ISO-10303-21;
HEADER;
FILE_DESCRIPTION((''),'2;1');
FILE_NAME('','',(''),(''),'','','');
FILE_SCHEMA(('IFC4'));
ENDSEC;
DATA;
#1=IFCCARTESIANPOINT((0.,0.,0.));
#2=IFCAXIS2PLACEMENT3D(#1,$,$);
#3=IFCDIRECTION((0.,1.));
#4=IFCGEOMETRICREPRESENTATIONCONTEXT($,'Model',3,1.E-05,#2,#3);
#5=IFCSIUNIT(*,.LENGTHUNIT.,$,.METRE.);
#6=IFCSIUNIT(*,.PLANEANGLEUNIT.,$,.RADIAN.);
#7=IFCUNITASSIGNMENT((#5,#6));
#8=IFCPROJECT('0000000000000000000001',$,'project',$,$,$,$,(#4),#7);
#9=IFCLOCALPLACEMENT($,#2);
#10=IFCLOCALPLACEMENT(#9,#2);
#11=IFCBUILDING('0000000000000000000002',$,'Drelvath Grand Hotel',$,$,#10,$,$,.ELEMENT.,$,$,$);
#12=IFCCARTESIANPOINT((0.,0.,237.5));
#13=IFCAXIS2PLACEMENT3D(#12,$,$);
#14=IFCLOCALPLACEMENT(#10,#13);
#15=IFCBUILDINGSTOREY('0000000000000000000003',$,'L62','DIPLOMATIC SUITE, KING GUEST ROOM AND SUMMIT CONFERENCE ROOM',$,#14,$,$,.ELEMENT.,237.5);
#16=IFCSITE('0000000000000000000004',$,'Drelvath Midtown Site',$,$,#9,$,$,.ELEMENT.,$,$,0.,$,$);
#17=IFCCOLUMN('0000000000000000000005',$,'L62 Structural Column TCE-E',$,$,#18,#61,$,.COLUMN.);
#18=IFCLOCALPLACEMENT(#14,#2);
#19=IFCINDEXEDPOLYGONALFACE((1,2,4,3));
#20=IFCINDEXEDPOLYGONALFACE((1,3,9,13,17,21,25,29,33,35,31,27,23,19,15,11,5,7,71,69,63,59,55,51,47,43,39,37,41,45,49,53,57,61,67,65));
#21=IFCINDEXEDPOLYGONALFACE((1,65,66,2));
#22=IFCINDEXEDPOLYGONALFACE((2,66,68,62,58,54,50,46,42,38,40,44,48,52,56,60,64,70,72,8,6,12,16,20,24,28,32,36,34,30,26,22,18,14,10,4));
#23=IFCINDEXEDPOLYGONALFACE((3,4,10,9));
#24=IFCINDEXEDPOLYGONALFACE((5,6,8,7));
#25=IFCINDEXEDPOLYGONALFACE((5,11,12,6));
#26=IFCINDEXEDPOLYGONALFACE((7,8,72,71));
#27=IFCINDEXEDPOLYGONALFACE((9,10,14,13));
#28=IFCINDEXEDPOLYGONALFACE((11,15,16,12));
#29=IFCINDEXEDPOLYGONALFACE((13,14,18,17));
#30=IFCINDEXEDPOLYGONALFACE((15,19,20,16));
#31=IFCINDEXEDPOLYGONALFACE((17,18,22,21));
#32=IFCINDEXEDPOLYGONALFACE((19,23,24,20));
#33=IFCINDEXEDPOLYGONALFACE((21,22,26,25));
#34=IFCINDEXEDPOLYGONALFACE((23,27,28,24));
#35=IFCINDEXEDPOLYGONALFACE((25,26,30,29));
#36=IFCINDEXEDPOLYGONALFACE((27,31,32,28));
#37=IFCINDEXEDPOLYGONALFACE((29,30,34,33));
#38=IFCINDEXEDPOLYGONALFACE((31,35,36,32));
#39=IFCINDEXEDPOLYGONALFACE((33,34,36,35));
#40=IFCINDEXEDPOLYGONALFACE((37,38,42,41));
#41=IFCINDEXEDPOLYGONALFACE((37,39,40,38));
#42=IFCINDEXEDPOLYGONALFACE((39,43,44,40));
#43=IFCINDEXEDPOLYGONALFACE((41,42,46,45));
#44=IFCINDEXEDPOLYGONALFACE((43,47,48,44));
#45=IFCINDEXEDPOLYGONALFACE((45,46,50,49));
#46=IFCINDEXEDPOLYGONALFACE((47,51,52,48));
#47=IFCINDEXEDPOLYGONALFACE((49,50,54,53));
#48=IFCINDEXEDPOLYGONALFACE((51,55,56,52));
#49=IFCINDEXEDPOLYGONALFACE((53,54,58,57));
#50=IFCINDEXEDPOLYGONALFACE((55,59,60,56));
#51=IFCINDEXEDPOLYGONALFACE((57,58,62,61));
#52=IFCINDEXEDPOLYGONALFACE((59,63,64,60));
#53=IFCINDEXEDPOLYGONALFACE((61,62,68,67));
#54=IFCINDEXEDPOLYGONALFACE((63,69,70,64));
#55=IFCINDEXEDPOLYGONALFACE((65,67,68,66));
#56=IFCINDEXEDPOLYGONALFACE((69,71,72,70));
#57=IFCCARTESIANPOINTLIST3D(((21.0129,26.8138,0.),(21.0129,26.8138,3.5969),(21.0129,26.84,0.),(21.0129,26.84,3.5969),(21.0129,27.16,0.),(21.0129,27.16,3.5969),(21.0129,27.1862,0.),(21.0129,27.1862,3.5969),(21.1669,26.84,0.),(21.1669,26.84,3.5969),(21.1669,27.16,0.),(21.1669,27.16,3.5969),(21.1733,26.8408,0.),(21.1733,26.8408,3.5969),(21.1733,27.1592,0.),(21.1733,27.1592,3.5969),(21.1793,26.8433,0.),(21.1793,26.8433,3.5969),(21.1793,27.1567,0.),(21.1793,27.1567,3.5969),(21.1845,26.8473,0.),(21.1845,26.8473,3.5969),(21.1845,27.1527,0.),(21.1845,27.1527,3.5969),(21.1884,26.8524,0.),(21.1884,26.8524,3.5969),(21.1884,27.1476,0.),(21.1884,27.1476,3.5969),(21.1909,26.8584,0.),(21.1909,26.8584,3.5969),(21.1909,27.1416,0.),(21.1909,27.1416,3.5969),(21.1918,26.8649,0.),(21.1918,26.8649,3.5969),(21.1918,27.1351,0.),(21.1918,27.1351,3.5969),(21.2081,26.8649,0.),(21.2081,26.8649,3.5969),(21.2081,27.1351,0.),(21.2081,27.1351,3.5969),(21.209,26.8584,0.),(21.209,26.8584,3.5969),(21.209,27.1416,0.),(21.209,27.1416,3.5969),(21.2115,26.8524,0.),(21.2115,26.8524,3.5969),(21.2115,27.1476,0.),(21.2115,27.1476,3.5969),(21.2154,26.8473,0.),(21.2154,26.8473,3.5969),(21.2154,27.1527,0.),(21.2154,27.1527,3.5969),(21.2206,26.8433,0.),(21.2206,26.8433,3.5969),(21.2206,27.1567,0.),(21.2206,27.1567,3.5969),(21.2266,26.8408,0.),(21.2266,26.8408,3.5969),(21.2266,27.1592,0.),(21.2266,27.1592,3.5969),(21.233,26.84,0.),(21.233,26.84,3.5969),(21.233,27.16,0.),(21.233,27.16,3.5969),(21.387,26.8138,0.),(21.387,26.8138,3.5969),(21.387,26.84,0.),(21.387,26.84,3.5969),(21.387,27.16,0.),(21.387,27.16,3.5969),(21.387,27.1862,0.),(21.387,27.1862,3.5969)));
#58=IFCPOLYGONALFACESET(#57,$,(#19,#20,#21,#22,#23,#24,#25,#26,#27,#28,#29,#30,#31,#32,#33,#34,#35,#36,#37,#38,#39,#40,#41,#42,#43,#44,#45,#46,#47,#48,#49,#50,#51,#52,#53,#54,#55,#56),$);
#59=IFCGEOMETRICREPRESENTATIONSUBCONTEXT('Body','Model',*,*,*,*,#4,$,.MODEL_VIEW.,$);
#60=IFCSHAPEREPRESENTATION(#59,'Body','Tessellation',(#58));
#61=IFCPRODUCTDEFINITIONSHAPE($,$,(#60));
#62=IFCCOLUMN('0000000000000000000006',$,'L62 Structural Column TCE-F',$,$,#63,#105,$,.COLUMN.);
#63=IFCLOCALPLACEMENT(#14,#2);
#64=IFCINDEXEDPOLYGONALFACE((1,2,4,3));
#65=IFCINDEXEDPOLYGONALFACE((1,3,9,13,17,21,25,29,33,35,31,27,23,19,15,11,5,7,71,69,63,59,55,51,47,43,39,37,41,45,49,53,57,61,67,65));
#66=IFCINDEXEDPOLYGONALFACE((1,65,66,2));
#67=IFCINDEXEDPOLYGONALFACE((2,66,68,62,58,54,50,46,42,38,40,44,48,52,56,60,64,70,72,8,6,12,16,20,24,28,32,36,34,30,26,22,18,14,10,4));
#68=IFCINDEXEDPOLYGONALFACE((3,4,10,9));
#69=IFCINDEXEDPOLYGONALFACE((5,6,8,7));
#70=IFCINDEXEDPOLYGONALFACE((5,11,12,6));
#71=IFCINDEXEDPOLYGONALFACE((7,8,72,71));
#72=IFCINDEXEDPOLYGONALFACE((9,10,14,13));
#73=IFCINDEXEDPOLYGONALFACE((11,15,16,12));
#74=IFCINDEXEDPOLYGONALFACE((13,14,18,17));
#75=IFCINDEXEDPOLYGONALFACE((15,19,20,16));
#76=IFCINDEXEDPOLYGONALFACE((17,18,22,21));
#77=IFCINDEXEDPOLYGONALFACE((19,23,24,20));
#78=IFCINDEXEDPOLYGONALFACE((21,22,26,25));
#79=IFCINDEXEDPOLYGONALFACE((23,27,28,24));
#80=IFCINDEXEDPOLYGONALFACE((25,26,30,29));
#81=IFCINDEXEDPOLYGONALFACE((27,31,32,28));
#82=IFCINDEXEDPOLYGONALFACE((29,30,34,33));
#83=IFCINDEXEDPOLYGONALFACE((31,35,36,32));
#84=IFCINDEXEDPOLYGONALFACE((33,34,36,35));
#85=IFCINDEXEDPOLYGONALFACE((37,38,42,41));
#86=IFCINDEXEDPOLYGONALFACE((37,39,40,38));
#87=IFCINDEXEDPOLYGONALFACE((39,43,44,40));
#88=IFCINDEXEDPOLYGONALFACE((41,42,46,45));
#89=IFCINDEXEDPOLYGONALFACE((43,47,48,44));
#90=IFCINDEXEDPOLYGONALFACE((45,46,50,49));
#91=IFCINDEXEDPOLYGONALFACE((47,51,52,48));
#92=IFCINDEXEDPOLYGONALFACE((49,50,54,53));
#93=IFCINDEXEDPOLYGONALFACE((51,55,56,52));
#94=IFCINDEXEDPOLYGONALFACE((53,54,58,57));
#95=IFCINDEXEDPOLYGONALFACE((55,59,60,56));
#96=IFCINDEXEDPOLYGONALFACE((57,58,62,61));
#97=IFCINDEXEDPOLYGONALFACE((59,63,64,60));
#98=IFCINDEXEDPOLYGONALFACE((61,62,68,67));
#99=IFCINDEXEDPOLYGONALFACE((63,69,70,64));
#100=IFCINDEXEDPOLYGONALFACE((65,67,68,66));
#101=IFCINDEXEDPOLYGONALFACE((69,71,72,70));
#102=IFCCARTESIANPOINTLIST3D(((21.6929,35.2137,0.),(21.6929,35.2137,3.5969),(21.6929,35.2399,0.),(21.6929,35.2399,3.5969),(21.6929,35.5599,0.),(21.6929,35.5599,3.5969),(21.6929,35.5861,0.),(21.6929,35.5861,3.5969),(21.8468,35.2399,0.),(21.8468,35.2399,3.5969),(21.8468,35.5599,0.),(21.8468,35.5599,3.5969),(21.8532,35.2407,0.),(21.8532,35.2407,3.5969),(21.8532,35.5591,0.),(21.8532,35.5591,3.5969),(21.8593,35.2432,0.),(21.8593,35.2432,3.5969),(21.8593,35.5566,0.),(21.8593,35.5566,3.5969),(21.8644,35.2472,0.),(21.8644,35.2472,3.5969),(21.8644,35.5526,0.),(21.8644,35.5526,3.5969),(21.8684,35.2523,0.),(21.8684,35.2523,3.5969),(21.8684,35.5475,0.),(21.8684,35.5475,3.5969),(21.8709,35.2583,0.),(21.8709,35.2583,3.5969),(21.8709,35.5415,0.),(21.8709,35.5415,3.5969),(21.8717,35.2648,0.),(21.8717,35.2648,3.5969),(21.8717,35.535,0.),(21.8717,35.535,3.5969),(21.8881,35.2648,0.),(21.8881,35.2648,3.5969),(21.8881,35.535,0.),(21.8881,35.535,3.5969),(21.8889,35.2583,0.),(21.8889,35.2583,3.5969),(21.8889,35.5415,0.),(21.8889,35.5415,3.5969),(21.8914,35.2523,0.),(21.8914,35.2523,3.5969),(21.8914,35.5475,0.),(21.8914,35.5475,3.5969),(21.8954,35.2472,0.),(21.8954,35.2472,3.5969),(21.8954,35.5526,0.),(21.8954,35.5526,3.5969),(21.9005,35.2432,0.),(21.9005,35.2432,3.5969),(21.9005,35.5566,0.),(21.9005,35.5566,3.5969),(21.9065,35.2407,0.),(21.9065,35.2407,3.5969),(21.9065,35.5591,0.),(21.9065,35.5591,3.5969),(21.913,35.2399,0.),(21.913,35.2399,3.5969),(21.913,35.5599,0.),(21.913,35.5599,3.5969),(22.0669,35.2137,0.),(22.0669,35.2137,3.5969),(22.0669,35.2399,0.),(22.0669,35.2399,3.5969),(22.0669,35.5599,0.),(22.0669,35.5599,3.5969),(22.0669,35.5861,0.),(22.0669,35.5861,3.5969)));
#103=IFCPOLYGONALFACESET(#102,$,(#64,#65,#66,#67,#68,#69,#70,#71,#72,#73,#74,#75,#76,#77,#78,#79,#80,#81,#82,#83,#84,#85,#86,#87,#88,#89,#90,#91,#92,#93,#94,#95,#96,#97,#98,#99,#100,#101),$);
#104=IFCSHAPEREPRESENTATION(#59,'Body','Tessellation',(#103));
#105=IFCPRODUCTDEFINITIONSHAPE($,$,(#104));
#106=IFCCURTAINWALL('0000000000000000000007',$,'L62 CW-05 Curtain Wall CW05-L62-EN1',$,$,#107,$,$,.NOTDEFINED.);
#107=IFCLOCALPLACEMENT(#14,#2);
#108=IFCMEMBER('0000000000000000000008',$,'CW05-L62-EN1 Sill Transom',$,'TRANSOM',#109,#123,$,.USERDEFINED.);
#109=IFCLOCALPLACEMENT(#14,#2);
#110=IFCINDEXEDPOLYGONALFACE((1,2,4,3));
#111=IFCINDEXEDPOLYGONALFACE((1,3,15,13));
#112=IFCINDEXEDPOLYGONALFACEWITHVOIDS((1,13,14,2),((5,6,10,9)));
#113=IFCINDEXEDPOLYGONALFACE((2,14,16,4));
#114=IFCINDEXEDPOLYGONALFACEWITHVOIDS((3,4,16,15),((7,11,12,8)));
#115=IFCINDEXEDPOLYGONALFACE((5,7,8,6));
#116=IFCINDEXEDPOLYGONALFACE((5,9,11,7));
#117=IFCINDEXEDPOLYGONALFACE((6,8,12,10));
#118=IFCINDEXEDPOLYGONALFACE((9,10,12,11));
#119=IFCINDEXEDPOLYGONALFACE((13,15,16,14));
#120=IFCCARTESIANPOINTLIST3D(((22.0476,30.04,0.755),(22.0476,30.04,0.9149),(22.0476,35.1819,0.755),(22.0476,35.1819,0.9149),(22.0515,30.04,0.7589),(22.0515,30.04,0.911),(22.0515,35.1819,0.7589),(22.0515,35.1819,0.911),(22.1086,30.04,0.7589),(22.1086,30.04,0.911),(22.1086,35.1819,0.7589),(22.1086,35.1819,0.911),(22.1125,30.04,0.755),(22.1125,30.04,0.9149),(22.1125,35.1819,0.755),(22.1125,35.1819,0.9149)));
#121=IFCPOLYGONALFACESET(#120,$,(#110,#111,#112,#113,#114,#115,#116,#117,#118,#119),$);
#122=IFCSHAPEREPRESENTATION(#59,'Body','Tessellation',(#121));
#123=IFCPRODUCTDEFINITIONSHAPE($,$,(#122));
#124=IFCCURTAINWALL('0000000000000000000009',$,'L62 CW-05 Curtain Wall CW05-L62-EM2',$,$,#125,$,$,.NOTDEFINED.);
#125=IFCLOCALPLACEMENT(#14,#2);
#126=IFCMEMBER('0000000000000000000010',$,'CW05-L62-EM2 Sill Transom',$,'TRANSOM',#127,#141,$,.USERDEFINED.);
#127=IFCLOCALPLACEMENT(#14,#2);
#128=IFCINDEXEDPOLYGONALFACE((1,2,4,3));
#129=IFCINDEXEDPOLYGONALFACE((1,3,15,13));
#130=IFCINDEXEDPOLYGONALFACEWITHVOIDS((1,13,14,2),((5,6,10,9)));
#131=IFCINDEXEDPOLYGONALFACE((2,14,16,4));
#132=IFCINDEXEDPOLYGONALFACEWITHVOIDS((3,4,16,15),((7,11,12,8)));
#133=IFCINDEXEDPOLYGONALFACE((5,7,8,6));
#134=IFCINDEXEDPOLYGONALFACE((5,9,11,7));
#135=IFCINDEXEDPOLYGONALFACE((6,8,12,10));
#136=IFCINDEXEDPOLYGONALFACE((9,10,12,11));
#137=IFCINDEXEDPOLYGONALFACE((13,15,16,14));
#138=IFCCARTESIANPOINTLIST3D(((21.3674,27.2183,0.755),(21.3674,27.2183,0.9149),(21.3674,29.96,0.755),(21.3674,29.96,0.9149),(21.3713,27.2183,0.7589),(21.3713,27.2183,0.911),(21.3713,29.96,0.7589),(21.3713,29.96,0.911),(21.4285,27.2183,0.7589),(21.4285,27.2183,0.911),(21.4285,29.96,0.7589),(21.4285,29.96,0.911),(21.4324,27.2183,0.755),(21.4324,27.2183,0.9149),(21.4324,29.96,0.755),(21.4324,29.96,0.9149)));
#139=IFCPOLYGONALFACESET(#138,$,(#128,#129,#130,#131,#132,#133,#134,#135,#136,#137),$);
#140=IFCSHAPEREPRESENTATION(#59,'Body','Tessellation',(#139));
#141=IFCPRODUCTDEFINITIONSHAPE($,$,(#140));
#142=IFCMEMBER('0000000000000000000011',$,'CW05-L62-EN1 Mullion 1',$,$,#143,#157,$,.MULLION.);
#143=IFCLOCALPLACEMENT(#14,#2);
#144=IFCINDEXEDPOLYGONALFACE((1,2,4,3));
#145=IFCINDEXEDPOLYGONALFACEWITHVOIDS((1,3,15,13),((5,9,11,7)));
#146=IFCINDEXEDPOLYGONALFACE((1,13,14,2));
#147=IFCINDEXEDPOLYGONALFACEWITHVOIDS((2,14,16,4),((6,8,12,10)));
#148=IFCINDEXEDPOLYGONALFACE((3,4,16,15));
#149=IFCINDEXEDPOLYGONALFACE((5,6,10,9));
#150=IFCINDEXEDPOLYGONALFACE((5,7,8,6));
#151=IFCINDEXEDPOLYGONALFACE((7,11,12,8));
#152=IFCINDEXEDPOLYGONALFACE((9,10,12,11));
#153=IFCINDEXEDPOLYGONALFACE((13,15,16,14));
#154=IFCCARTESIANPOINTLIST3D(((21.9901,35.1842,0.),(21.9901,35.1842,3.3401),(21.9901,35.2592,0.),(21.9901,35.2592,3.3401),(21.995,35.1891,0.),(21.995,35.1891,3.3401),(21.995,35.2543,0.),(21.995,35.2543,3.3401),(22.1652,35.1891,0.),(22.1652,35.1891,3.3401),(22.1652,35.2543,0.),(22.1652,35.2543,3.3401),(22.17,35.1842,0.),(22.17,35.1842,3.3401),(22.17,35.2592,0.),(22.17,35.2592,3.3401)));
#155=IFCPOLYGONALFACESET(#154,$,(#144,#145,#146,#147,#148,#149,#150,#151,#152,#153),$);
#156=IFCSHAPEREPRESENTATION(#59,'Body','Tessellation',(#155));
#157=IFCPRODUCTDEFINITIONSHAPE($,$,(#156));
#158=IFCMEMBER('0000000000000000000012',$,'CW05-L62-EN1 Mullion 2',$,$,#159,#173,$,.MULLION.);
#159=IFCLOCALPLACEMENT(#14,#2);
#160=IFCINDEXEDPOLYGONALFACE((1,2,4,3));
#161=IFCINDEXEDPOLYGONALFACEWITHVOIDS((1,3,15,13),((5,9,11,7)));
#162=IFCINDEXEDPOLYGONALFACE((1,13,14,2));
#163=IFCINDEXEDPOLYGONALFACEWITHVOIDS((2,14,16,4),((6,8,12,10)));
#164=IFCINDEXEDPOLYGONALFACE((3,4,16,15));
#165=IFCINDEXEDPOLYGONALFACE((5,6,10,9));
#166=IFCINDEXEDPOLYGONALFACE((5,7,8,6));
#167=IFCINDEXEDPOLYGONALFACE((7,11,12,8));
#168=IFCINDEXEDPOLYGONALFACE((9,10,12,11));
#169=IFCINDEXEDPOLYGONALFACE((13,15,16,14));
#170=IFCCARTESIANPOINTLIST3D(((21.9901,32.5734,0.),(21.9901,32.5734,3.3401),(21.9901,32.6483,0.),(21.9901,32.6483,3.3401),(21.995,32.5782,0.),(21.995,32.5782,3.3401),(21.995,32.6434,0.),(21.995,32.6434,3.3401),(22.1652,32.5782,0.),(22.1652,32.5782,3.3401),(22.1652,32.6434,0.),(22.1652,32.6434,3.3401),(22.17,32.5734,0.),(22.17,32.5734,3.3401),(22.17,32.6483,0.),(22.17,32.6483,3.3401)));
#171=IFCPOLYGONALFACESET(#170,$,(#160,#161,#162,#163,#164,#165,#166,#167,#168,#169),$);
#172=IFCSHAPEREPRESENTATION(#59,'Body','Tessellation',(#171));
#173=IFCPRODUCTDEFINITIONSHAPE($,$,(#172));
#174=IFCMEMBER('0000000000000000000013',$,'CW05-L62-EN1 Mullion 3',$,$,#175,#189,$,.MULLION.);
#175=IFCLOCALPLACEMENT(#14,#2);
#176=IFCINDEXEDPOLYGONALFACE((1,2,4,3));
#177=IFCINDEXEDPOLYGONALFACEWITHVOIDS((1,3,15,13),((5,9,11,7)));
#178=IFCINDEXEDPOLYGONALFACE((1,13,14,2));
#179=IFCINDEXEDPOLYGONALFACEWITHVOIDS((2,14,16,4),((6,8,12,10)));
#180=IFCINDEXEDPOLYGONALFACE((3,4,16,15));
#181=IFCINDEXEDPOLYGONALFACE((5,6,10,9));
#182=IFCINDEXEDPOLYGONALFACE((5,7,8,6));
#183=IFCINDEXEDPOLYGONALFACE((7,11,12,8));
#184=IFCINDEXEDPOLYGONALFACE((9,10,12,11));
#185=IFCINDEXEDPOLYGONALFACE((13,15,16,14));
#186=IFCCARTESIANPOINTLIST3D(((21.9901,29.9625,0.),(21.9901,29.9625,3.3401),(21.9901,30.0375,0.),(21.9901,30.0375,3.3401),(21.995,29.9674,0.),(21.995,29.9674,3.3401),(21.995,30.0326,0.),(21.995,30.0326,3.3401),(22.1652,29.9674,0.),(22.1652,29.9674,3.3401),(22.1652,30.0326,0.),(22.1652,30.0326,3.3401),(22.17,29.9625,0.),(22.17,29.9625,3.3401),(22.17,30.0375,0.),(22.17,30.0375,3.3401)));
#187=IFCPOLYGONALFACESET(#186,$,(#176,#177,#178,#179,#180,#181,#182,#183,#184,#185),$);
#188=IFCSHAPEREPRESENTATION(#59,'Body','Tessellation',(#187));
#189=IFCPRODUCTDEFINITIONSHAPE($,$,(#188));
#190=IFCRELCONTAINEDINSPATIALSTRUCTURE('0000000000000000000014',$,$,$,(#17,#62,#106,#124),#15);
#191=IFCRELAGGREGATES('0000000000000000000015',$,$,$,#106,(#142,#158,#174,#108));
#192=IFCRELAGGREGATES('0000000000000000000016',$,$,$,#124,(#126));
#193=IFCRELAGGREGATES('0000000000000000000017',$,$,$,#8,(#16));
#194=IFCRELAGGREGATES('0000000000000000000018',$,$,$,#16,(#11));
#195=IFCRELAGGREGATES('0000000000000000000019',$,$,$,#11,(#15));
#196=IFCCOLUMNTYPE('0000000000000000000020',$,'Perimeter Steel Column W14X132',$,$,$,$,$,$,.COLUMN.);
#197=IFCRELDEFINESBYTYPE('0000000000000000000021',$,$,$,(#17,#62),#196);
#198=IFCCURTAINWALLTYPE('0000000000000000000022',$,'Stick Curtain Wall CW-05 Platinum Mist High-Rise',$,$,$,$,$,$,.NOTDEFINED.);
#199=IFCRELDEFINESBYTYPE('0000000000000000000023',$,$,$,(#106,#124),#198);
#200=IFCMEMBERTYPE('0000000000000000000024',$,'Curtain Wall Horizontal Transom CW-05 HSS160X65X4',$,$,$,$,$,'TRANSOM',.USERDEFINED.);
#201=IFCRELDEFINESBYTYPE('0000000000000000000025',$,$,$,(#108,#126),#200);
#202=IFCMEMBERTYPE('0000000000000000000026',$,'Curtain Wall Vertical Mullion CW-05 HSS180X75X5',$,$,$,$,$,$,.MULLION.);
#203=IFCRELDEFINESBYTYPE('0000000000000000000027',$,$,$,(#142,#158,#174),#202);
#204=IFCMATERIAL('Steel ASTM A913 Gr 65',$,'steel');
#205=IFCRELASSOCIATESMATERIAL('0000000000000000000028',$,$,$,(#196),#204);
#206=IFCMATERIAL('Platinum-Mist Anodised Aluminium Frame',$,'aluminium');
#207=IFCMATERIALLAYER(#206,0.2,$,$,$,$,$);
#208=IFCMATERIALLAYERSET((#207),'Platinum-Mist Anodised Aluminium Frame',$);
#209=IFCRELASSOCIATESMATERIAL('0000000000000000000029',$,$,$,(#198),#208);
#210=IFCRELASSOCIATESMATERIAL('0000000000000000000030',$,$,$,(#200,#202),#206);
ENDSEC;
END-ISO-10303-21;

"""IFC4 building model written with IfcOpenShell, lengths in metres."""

from ifc_helpers import new_model, si_unit, direction, frame, origin, origin_2d, place, context, subcontext, project, spatial, hollow_rectangle, i_section, extrude, material, layer, layer_set, material_profile, profile_set, type_object, element, aggregate, save


model = new_model("IFC4")

# Units and contexts
model_context = context("Model", 3, precision=1e-05, world=origin(), true_north=direction((0.0, 1.0)))
body_context = subcontext(model_context, "Body", "Model", "MODEL_VIEW")
ifc_project = project(units=[si_unit("LENGTHUNIT", "METRE"), si_unit("PLANEANGLEUNIT", "RADIAN")], contexts=[model_context])

# Site, building, storey
site_placement = place(None, origin())
site = spatial("IfcSite", under=ifc_project, at=site_placement, Name="Drelvath Midtown Site", CompositionType="ELEMENT", RefElevation=0.0)
building_placement = place(site_placement, origin())
building = spatial("IfcBuilding", under=site, at=building_placement, Name="Drelvath Grand Hotel", CompositionType="ELEMENT")
storey_placement = place(building_placement, frame((0.0, 0.0, 237.5)))
storey = spatial("IfcBuildingStorey", under=building, at=storey_placement, Name="L62", Description="DIPLOMATIC SUITE, KING GUEST ROOM AND SUMMIT CONFERENCE ROOM", CompositionType="ELEMENT", Elevation=237.5)

# Columns
ifc_material_1 = material(Name="Steel ASTM A913 Gr 65", Category="steel")
ifc_material_profile_1 = material_profile(ifc_material_1, i_section(OverallWidth=0.374, OverallDepth=0.3723, WebThickness=0.0164, FlangeThickness=0.0261, FilletRadius=0.0249, at=origin_2d()), Name="W14X132")
ifc_profile_set_1 = profile_set([ifc_material_profile_1], Name="Steel ASTM A913 Gr 65")
column_type = type_object("IfcColumnType", Name="Perimeter Steel Column W14X132", PredefinedType="COLUMN", material=ifc_profile_set_1)
for number, where, z_axis, x_axis, name in (
    (1, (21.2, 27.0, 0.0), (0.0, 0.0, 1.0), (1.0, 0.0, 0.0), "L62 Structural Column TCE-E"),
    (2, (21.8799, 35.3999, 0.0), (0.0, 0.0, 1.0), (1.0, 0.0, 0.0), "L62 Structural Column TCE-F"),
):
    element("IfcColumn", number, at=place(storey_placement, frame(where, z_axis=z_axis, x_axis=x_axis)), inside=storey, type_object=column_type, Name=name, PredefinedType="COLUMN", context=body_context, shape_type="SweptSolid", body=[
        extrude(i_section(OverallWidth=0.374, OverallDepth=0.3723, WebThickness=0.0164, FlangeThickness=0.0261, FilletRadius=0.0249, at=origin_2d()), origin(), (0.0, 0.0, 1.0), 3.5969),
    ])

# Curtain walls, members
ifc_material_2 = material(Name="Platinum-Mist Anodised Aluminium Frame", Category="aluminium")
ifc_layer_1 = layer(ifc_material_2, 0.2)
ifc_layer_set_1 = layer_set([ifc_layer_1], Name="Platinum-Mist Anodised Aluminium Frame")
curtain_wall_type = type_object("IfcCurtainWallType", Name="Stick Curtain Wall CW-05 Platinum Mist High-Rise", PredefinedType="NOTDEFINED", material=ifc_layer_set_1)
curtain_wall_1_placement = place(storey_placement, origin())
curtain_wall_1 = element("IfcCurtainWall", 3, at=curtain_wall_1_placement, inside=storey, type_object=curtain_wall_type, Name="L62 CW-05 Curtain Wall CW05-L62-EN1", PredefinedType="NOTDEFINED")
ifc_material_profile_2 = material_profile(ifc_material_2, hollow_rectangle(XDim=0.0649, YDim=0.1599, WallThickness=0.0039, at=origin_2d()), Name="HSS160X65X4")
ifc_profile_set_2 = profile_set([ifc_material_profile_2], Name="Platinum-Mist Anodised Aluminium Frame")
member_type_1 = type_object("IfcMemberType", Name="Curtain Wall Horizontal Transom CW-05 HSS160X65X4", ElementType="TRANSOM", PredefinedType="USERDEFINED", material=ifc_profile_set_2)
member_1_placement = place(storey_placement, frame((22.0801, 35.1819, 0.835), z_axis=(0.0, -1.0, 0.0), x_axis=(1.0, 0.0, 0.0)))
member_1 = element("IfcMember", 4, at=member_1_placement, type_object=member_type_1, Name="CW05-L62-EN1 Sill Transom", ObjectType="TRANSOM", PredefinedType="USERDEFINED", context=body_context, shape_type="SweptSolid", body=[
    extrude(hollow_rectangle(XDim=0.0649, YDim=0.1599, WallThickness=0.0039, at=origin_2d()), origin(), (0.0, 0.0, 1.0), 5.1418),
])
curtain_wall_2_placement = place(storey_placement, origin())
curtain_wall_2 = element("IfcCurtainWall", 5, at=curtain_wall_2_placement, inside=storey, type_object=curtain_wall_type, Name="L62 CW-05 Curtain Wall CW05-L62-EM2", PredefinedType="NOTDEFINED")
member_2_placement = place(storey_placement, frame((21.3999, 29.96, 0.835), z_axis=(0.0, -1.0, 0.0), x_axis=(1.0, 0.0, 0.0)))
member_2 = element("IfcMember", 6, at=member_2_placement, type_object=member_type_1, Name="CW05-L62-EM2 Sill Transom", ObjectType="TRANSOM", PredefinedType="USERDEFINED", context=body_context, shape_type="SweptSolid", body=[
    extrude(hollow_rectangle(XDim=0.0649, YDim=0.1599, WallThickness=0.0039, at=origin_2d()), origin(), (0.0, 0.0, 1.0), 2.7417),
])

# Members
ifc_material_profile_3 = material_profile(ifc_material_2, hollow_rectangle(XDim=0.075, YDim=0.1799, WallThickness=0.0049, at=origin_2d()), Name="HSS180X75X5")
ifc_profile_set_3 = profile_set([ifc_material_profile_3], Name="Platinum-Mist Anodised Aluminium Frame")
member_type_2 = type_object("IfcMemberType", Name="Curtain Wall Vertical Mullion CW-05 HSS180X75X5", PredefinedType="MULLION", material=ifc_profile_set_3)
member_3_placement = place(storey_placement, frame((22.0801, 35.2217, 0.0), z_axis=(0.0, 0.0, 1.0), x_axis=(0.0, 1.0, 0.0)))
member_3 = element("IfcMember", 7, at=member_3_placement, type_object=member_type_2, Name="CW05-L62-EN1 Mullion 1", PredefinedType="MULLION", context=body_context, shape_type="SweptSolid", body=[
    extrude(hollow_rectangle(XDim=0.075, YDim=0.1799, WallThickness=0.0049, at=origin_2d()), origin(), (0.0, 0.0, 1.0), 3.3401),
])
member_4_placement = place(storey_placement, frame((22.0801, 32.6108, 0.0), z_axis=(0.0, 0.0, 1.0), x_axis=(0.0, 1.0, 0.0)))
member_4 = element("IfcMember", 8, at=member_4_placement, type_object=member_type_2, Name="CW05-L62-EN1 Mullion 2", PredefinedType="MULLION", context=body_context, shape_type="SweptSolid", body=[
    extrude(hollow_rectangle(XDim=0.075, YDim=0.1799, WallThickness=0.0049, at=origin_2d()), origin(), (0.0, 0.0, 1.0), 3.3401),
])
member_5_placement = place(storey_placement, frame((22.0801, 30.0, 0.0), z_axis=(0.0, 0.0, 1.0), x_axis=(0.0, 1.0, 0.0)))
member_5 = element("IfcMember", 9, at=member_5_placement, type_object=member_type_2, Name="CW05-L62-EN1 Mullion 3", PredefinedType="MULLION", context=body_context, shape_type="SweptSolid", body=[
    extrude(hollow_rectangle(XDim=0.075, YDim=0.1799, WallThickness=0.0049, at=origin_2d()), origin(), (0.0, 0.0, 1.0), 3.3401),
])

aggregate(curtain_wall_1, [member_3, member_4, member_5, member_1])
aggregate(curtain_wall_2, [member_2])

save(model, "model.ifc")
